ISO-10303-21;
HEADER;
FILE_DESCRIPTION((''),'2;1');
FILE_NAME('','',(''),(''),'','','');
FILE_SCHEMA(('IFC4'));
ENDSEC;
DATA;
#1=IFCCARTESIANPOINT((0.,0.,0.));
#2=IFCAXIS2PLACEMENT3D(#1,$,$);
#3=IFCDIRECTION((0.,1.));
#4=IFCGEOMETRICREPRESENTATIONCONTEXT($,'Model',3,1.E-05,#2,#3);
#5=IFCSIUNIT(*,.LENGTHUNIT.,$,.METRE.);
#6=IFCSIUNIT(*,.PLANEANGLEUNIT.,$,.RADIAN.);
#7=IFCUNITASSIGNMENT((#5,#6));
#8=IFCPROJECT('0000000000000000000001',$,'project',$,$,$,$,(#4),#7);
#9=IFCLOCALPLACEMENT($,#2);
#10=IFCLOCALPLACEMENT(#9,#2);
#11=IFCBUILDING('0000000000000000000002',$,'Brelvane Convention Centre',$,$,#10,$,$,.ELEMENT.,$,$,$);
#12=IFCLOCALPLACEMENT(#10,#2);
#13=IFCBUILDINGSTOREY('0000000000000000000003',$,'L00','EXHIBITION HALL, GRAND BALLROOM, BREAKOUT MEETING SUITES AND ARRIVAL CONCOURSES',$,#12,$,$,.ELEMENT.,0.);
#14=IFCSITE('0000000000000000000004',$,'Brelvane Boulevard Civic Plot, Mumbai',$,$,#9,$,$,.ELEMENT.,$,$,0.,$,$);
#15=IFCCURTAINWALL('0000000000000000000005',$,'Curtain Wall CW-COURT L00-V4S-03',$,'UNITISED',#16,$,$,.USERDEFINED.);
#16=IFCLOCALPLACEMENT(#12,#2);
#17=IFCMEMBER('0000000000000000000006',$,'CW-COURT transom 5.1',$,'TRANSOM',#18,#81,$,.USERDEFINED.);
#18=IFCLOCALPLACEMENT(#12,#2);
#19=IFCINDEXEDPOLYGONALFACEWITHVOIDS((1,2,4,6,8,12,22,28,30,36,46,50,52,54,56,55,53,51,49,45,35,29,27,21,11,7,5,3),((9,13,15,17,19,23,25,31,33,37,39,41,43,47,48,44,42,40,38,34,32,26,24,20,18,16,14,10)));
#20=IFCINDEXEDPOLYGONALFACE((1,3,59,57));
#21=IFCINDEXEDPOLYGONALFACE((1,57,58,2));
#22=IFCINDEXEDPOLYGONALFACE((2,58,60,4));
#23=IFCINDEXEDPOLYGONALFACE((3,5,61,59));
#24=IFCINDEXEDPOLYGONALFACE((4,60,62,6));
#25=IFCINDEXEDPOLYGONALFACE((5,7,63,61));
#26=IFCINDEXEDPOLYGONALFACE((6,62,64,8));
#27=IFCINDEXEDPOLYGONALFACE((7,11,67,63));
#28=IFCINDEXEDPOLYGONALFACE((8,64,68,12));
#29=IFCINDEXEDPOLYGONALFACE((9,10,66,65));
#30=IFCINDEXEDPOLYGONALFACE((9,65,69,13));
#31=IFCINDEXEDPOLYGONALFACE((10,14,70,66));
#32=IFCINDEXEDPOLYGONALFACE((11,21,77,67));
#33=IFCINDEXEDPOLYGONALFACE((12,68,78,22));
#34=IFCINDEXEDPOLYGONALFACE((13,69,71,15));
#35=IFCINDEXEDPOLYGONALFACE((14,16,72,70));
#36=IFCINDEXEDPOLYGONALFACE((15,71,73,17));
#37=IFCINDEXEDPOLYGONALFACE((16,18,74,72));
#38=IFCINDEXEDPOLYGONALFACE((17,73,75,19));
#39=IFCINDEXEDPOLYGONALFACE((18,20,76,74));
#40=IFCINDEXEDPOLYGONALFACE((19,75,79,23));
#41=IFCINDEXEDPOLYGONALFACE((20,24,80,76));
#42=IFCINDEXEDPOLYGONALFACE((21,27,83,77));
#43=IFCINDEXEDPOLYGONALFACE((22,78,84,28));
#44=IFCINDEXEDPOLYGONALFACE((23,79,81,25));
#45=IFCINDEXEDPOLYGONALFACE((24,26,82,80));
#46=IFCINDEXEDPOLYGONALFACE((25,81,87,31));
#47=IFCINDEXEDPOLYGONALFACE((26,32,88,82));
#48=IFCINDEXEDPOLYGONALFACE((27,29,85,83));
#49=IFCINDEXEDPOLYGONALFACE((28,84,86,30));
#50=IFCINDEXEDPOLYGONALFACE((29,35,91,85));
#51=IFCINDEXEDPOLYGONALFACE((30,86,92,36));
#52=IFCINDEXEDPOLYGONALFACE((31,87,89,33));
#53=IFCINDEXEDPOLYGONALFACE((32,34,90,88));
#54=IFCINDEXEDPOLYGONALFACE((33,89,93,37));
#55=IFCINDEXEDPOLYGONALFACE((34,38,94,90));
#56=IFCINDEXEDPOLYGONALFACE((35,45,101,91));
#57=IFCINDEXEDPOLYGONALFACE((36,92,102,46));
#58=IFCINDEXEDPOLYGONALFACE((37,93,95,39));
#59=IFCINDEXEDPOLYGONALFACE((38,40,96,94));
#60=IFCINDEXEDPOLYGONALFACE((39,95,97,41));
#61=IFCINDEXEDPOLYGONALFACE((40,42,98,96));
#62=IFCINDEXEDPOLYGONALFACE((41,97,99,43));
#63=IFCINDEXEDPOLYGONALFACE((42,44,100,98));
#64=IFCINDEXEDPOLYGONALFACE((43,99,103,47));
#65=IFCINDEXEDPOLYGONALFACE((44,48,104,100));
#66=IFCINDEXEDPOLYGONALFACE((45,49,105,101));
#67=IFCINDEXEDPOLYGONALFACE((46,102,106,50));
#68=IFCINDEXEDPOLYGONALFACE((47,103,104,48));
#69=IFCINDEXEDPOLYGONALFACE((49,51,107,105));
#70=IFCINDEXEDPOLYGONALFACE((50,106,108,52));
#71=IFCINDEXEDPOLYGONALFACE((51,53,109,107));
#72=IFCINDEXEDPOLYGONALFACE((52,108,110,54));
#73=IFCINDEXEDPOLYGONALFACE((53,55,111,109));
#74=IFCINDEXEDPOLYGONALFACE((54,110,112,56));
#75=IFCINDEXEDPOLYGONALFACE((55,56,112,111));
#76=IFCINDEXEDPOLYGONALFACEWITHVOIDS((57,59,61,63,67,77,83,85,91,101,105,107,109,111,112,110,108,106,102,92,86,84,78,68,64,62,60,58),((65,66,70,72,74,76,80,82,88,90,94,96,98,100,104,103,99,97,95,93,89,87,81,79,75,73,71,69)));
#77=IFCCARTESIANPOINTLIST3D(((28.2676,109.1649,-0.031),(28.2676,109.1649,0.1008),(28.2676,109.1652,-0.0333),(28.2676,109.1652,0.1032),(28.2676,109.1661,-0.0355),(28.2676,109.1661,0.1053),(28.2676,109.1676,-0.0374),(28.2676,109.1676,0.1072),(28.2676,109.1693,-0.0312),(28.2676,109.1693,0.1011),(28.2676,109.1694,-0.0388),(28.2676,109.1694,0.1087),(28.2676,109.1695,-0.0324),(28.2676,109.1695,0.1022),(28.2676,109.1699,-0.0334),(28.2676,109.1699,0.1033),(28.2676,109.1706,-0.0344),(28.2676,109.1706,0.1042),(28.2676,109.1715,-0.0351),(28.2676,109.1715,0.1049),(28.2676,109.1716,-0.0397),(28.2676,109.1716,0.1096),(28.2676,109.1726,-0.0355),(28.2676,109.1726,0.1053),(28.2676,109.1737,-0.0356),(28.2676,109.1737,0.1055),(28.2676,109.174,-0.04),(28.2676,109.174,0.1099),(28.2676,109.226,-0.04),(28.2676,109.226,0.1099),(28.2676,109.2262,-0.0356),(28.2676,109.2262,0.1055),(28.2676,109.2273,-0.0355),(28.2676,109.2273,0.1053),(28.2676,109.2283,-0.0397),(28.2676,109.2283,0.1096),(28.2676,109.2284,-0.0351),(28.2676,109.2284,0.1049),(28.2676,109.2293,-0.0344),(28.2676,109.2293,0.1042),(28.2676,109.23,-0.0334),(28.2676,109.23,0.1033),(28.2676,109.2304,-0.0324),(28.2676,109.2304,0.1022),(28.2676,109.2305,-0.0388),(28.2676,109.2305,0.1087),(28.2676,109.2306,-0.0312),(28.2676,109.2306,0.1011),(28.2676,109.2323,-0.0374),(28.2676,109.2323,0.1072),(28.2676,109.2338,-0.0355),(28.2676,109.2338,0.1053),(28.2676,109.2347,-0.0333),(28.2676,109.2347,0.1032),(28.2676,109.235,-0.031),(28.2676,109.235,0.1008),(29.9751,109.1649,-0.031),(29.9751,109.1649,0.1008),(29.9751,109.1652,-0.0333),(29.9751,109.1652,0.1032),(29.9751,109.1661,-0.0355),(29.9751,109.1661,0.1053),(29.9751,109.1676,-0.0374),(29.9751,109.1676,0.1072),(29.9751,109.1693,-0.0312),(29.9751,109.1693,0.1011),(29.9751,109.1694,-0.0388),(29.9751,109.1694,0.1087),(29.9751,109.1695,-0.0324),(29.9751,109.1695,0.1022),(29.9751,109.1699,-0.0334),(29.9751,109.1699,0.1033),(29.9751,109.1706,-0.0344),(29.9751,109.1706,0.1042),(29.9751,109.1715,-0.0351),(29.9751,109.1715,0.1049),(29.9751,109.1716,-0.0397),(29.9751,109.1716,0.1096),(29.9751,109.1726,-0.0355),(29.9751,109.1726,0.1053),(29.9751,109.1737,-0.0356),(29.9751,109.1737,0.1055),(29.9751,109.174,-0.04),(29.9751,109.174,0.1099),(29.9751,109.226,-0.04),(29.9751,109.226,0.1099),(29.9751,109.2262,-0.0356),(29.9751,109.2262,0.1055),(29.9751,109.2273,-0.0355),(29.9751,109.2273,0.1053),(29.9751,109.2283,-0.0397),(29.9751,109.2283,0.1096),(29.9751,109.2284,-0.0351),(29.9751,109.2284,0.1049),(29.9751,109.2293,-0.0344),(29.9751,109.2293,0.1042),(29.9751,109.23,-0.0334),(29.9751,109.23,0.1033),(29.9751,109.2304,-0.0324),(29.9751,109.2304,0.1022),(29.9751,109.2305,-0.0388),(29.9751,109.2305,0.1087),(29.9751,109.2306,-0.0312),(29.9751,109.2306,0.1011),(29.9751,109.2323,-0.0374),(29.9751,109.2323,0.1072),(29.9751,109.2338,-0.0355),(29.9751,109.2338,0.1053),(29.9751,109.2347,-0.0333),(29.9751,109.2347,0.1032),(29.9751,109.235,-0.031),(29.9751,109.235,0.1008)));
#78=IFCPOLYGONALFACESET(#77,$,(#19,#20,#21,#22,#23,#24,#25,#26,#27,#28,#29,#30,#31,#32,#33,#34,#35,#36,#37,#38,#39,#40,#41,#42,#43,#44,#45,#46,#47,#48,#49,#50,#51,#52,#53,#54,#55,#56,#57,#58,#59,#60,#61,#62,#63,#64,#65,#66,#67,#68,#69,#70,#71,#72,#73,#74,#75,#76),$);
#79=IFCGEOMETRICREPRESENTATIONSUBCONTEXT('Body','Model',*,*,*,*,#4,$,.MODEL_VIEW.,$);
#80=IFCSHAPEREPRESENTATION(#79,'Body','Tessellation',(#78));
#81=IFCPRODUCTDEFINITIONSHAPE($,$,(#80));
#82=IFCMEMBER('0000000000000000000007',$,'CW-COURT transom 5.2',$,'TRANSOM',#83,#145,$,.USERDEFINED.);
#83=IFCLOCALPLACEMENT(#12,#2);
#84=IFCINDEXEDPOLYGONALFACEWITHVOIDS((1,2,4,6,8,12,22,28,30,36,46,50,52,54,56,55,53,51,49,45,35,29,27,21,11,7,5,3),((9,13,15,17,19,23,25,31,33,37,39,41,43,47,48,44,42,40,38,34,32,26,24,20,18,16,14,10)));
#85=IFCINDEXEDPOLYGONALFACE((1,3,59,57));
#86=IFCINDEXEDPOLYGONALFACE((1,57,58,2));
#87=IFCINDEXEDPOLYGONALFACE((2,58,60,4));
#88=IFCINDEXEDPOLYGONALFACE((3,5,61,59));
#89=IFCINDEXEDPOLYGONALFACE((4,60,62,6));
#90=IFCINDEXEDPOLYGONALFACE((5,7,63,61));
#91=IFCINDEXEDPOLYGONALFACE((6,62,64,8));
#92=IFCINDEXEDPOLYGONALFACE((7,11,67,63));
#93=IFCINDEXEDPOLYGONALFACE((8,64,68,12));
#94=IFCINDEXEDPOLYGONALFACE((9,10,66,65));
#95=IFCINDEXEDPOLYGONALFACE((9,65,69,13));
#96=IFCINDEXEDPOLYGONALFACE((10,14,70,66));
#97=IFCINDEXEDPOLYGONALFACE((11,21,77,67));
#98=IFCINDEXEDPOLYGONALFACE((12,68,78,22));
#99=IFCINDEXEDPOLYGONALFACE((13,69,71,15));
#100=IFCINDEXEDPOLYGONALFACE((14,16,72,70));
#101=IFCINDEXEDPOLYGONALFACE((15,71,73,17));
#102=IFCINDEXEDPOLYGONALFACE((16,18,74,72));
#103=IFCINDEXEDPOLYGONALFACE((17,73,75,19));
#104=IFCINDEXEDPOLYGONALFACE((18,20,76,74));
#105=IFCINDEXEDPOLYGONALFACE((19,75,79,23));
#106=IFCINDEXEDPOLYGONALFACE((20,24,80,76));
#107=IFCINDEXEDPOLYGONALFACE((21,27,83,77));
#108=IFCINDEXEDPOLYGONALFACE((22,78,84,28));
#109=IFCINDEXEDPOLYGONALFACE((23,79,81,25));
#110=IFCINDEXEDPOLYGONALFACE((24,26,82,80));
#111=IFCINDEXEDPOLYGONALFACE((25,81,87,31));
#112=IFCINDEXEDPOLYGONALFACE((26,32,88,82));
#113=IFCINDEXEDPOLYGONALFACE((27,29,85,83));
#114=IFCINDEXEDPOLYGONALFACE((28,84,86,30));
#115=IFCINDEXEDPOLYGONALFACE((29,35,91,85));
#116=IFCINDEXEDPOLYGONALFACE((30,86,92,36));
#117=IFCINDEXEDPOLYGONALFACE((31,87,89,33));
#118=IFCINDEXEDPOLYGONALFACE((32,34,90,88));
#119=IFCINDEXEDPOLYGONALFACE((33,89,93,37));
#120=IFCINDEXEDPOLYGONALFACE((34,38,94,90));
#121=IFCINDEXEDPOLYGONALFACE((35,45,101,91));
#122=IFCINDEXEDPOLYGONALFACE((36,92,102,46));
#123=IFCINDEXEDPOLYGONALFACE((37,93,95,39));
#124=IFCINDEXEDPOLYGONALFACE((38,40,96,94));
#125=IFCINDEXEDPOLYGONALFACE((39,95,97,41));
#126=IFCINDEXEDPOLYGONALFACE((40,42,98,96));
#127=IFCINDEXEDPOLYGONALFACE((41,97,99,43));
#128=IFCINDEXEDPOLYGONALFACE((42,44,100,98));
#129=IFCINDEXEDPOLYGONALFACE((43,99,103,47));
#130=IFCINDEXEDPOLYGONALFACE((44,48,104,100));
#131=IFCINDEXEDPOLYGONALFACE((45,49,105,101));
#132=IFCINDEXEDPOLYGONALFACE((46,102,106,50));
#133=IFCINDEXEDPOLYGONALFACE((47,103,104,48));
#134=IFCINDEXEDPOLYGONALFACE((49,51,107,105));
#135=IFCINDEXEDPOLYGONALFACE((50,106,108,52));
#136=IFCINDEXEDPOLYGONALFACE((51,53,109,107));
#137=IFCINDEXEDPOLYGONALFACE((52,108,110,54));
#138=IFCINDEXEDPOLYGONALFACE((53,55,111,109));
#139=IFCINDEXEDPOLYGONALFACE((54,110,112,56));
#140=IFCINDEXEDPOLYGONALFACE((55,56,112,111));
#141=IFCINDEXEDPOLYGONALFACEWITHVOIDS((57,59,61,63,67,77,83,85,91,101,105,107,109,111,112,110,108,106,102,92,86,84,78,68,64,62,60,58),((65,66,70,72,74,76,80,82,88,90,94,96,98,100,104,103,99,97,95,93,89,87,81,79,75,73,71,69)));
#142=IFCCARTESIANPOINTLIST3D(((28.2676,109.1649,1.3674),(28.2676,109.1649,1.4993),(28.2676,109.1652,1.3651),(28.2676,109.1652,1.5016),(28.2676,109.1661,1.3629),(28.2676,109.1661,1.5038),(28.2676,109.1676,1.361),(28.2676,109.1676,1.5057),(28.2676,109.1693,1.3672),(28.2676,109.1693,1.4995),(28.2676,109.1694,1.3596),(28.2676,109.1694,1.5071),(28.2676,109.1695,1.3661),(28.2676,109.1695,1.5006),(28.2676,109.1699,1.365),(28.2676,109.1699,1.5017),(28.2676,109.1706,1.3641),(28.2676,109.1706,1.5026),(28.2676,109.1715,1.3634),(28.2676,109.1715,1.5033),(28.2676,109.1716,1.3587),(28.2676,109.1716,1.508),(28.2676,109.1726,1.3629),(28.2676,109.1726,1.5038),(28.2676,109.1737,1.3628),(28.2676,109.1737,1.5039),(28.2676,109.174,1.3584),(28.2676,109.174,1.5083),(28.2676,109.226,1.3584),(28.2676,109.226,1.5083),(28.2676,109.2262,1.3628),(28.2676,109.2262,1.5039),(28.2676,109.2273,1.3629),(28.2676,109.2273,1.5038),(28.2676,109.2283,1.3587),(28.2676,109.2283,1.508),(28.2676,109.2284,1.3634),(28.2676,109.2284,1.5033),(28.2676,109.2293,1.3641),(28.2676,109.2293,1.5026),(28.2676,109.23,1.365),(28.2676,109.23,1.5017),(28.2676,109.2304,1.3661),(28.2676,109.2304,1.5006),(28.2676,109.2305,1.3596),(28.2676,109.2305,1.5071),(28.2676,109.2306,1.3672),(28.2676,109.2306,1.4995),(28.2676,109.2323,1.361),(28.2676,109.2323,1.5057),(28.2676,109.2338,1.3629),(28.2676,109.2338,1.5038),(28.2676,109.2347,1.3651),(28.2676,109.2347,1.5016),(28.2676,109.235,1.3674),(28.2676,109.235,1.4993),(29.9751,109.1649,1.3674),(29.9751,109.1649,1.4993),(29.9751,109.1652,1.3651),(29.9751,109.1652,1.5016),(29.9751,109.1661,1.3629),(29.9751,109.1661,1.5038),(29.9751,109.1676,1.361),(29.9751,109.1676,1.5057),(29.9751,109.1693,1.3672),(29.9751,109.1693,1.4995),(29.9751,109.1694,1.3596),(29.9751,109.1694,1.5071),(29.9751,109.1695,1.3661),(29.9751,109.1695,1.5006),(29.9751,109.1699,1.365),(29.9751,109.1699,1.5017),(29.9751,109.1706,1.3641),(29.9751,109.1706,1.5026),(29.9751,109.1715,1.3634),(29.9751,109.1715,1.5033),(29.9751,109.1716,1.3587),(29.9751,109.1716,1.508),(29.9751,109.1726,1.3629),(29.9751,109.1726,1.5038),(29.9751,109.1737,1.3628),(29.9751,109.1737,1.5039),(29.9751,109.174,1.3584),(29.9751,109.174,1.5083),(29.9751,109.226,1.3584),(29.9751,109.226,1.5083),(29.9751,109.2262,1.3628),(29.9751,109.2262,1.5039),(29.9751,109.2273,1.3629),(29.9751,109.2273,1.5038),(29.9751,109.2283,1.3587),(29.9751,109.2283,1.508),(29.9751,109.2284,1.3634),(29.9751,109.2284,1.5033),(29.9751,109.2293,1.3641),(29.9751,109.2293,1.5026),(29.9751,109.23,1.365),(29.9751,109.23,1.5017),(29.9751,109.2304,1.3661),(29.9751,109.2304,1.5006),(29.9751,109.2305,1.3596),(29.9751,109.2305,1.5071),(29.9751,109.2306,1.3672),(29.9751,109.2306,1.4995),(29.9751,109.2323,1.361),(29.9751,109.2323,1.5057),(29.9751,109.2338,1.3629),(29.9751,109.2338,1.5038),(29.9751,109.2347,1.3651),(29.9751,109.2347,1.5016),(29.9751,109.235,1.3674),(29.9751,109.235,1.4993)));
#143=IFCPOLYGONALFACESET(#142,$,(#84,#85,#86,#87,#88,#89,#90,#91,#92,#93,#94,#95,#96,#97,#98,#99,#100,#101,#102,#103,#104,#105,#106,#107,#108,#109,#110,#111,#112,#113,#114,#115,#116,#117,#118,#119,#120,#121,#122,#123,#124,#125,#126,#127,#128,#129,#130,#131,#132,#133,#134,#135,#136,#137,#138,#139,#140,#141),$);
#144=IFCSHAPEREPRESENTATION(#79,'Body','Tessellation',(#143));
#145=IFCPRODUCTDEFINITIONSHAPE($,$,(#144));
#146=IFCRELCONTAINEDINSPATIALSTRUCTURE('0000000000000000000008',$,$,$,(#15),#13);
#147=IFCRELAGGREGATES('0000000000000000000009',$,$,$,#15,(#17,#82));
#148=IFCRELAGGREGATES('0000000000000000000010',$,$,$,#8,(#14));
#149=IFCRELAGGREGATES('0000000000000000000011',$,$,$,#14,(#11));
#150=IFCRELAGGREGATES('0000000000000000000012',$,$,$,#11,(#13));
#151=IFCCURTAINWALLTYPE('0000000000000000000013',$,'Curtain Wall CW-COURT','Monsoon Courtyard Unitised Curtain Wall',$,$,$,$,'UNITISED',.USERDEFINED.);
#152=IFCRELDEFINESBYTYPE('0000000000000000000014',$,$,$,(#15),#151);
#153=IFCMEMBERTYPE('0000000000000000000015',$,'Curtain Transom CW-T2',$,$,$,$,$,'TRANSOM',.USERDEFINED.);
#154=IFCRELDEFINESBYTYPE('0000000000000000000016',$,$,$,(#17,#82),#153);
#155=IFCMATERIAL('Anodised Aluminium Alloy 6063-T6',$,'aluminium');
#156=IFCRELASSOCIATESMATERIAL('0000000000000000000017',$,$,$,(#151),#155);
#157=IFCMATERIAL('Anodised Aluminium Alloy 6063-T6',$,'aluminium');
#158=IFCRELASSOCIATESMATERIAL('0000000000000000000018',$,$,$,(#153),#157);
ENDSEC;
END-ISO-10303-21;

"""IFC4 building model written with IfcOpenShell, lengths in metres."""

from ifc_helpers import new_model, si_unit, direction, frame, origin, origin_2d, place, context, subcontext, project, spatial, hollow_rectangle, extrude, material, material_profile, profile_set, type_object, element, aggregate, save


model = new_model("IFC4")

# Units and contexts
model_context = context("Model", 3, precision=1e-05, world=origin(), true_north=direction((0.0, 1.0)))
body_context = subcontext(model_context, "Body", "Model", "MODEL_VIEW")
ifc_project = project(units=[si_unit("LENGTHUNIT", "METRE"), si_unit("PLANEANGLEUNIT", "RADIAN")], contexts=[model_context])

# Site, building, storey
site_placement = place(None, origin())
site = spatial("IfcSite", under=ifc_project, at=site_placement, Name="Brelvane Boulevard Civic Plot, Mumbai", CompositionType="ELEMENT", RefElevation=0.0)
building_placement = place(site_placement, origin())
building = spatial("IfcBuilding", under=site, at=building_placement, Name="Brelvane Convention Centre", CompositionType="ELEMENT")
storey_placement = place(building_placement, origin())
storey = spatial("IfcBuildingStorey", under=building, at=storey_placement, Name="L00", Description="EXHIBITION HALL, GRAND BALLROOM, BREAKOUT MEETING SUITES AND ARRIVAL CONCOURSES", CompositionType="ELEMENT", Elevation=0.0)

# Curtain wall, members
ifc_material_1 = material(Name="Anodised Aluminium Alloy 6063-T6", Category="aluminium")
curtain_wall_type = type_object("IfcCurtainWallType", Name="Curtain Wall CW-COURT", Description="Monsoon Courtyard Unitised Curtain Wall", ElementType="UNITISED", PredefinedType="USERDEFINED", material=ifc_material_1)
curtain_wall_placement = place(storey_placement, origin())
curtain_wall = element("IfcCurtainWall", 1, at=curtain_wall_placement, inside=storey, type_object=curtain_wall_type, Name="Curtain Wall CW-COURT L00-V4S-03", ObjectType="UNITISED", PredefinedType="USERDEFINED")
ifc_material_2 = material(Name="Anodised Aluminium Alloy 6063-T6", Category="aluminium")
ifc_material_profile_1 = material_profile(ifc_material_2, hollow_rectangle(XDim=0.0701, YDim=0.1499, WallThickness=0.0044, InnerFilletRadius=0.0044, OuterFilletRadius=0.009, at=origin_2d()), Name="ALU-T 150x70x4.5")
ifc_profile_set_1 = profile_set([ifc_material_profile_1], Name="Anodised Aluminium Alloy 6063-T6")
member_type_1 = type_object("IfcMemberType", Name="Curtain Transom CW-T2", ElementType="TRANSOM", PredefinedType="USERDEFINED", material=ifc_profile_set_1)
member_1_placement = place(storey_placement, frame((28.2676, 109.2, 0.0349), z_axis=(1.0, 0.0, 0.0), x_axis=(0.0, 1.0, 0.0)))
member_1 = element("IfcMember", 2, at=member_1_placement, type_object=member_type_1, Name="CW-COURT transom 5.1", ObjectType="TRANSOM", PredefinedType="USERDEFINED", context=body_context, shape_type="SweptSolid", body=[
    extrude(hollow_rectangle(XDim=0.0701, YDim=0.1499, WallThickness=0.0044, InnerFilletRadius=0.0044, OuterFilletRadius=0.009, at=origin_2d()), origin(), (0.0, 0.0, 1.0), 1.7075),
])
member_2_placement = place(storey_placement, frame((28.2676, 109.2, 1.4333), z_axis=(1.0, 0.0, 0.0), x_axis=(0.0, 1.0, 0.0)))
member_2 = element("IfcMember", 3, at=member_2_placement, type_object=member_type_1, Name="CW-COURT transom 5.2", ObjectType="TRANSOM", PredefinedType="USERDEFINED", context=body_context, shape_type="SweptSolid", body=[
    extrude(hollow_rectangle(XDim=0.0701, YDim=0.1499, WallThickness=0.0044, InnerFilletRadius=0.0044, OuterFilletRadius=0.009, at=origin_2d()), origin(), (0.0, 0.0, 1.0), 1.7075),
])

aggregate(curtain_wall, [member_1, member_2])

save(model, "model.ifc")
